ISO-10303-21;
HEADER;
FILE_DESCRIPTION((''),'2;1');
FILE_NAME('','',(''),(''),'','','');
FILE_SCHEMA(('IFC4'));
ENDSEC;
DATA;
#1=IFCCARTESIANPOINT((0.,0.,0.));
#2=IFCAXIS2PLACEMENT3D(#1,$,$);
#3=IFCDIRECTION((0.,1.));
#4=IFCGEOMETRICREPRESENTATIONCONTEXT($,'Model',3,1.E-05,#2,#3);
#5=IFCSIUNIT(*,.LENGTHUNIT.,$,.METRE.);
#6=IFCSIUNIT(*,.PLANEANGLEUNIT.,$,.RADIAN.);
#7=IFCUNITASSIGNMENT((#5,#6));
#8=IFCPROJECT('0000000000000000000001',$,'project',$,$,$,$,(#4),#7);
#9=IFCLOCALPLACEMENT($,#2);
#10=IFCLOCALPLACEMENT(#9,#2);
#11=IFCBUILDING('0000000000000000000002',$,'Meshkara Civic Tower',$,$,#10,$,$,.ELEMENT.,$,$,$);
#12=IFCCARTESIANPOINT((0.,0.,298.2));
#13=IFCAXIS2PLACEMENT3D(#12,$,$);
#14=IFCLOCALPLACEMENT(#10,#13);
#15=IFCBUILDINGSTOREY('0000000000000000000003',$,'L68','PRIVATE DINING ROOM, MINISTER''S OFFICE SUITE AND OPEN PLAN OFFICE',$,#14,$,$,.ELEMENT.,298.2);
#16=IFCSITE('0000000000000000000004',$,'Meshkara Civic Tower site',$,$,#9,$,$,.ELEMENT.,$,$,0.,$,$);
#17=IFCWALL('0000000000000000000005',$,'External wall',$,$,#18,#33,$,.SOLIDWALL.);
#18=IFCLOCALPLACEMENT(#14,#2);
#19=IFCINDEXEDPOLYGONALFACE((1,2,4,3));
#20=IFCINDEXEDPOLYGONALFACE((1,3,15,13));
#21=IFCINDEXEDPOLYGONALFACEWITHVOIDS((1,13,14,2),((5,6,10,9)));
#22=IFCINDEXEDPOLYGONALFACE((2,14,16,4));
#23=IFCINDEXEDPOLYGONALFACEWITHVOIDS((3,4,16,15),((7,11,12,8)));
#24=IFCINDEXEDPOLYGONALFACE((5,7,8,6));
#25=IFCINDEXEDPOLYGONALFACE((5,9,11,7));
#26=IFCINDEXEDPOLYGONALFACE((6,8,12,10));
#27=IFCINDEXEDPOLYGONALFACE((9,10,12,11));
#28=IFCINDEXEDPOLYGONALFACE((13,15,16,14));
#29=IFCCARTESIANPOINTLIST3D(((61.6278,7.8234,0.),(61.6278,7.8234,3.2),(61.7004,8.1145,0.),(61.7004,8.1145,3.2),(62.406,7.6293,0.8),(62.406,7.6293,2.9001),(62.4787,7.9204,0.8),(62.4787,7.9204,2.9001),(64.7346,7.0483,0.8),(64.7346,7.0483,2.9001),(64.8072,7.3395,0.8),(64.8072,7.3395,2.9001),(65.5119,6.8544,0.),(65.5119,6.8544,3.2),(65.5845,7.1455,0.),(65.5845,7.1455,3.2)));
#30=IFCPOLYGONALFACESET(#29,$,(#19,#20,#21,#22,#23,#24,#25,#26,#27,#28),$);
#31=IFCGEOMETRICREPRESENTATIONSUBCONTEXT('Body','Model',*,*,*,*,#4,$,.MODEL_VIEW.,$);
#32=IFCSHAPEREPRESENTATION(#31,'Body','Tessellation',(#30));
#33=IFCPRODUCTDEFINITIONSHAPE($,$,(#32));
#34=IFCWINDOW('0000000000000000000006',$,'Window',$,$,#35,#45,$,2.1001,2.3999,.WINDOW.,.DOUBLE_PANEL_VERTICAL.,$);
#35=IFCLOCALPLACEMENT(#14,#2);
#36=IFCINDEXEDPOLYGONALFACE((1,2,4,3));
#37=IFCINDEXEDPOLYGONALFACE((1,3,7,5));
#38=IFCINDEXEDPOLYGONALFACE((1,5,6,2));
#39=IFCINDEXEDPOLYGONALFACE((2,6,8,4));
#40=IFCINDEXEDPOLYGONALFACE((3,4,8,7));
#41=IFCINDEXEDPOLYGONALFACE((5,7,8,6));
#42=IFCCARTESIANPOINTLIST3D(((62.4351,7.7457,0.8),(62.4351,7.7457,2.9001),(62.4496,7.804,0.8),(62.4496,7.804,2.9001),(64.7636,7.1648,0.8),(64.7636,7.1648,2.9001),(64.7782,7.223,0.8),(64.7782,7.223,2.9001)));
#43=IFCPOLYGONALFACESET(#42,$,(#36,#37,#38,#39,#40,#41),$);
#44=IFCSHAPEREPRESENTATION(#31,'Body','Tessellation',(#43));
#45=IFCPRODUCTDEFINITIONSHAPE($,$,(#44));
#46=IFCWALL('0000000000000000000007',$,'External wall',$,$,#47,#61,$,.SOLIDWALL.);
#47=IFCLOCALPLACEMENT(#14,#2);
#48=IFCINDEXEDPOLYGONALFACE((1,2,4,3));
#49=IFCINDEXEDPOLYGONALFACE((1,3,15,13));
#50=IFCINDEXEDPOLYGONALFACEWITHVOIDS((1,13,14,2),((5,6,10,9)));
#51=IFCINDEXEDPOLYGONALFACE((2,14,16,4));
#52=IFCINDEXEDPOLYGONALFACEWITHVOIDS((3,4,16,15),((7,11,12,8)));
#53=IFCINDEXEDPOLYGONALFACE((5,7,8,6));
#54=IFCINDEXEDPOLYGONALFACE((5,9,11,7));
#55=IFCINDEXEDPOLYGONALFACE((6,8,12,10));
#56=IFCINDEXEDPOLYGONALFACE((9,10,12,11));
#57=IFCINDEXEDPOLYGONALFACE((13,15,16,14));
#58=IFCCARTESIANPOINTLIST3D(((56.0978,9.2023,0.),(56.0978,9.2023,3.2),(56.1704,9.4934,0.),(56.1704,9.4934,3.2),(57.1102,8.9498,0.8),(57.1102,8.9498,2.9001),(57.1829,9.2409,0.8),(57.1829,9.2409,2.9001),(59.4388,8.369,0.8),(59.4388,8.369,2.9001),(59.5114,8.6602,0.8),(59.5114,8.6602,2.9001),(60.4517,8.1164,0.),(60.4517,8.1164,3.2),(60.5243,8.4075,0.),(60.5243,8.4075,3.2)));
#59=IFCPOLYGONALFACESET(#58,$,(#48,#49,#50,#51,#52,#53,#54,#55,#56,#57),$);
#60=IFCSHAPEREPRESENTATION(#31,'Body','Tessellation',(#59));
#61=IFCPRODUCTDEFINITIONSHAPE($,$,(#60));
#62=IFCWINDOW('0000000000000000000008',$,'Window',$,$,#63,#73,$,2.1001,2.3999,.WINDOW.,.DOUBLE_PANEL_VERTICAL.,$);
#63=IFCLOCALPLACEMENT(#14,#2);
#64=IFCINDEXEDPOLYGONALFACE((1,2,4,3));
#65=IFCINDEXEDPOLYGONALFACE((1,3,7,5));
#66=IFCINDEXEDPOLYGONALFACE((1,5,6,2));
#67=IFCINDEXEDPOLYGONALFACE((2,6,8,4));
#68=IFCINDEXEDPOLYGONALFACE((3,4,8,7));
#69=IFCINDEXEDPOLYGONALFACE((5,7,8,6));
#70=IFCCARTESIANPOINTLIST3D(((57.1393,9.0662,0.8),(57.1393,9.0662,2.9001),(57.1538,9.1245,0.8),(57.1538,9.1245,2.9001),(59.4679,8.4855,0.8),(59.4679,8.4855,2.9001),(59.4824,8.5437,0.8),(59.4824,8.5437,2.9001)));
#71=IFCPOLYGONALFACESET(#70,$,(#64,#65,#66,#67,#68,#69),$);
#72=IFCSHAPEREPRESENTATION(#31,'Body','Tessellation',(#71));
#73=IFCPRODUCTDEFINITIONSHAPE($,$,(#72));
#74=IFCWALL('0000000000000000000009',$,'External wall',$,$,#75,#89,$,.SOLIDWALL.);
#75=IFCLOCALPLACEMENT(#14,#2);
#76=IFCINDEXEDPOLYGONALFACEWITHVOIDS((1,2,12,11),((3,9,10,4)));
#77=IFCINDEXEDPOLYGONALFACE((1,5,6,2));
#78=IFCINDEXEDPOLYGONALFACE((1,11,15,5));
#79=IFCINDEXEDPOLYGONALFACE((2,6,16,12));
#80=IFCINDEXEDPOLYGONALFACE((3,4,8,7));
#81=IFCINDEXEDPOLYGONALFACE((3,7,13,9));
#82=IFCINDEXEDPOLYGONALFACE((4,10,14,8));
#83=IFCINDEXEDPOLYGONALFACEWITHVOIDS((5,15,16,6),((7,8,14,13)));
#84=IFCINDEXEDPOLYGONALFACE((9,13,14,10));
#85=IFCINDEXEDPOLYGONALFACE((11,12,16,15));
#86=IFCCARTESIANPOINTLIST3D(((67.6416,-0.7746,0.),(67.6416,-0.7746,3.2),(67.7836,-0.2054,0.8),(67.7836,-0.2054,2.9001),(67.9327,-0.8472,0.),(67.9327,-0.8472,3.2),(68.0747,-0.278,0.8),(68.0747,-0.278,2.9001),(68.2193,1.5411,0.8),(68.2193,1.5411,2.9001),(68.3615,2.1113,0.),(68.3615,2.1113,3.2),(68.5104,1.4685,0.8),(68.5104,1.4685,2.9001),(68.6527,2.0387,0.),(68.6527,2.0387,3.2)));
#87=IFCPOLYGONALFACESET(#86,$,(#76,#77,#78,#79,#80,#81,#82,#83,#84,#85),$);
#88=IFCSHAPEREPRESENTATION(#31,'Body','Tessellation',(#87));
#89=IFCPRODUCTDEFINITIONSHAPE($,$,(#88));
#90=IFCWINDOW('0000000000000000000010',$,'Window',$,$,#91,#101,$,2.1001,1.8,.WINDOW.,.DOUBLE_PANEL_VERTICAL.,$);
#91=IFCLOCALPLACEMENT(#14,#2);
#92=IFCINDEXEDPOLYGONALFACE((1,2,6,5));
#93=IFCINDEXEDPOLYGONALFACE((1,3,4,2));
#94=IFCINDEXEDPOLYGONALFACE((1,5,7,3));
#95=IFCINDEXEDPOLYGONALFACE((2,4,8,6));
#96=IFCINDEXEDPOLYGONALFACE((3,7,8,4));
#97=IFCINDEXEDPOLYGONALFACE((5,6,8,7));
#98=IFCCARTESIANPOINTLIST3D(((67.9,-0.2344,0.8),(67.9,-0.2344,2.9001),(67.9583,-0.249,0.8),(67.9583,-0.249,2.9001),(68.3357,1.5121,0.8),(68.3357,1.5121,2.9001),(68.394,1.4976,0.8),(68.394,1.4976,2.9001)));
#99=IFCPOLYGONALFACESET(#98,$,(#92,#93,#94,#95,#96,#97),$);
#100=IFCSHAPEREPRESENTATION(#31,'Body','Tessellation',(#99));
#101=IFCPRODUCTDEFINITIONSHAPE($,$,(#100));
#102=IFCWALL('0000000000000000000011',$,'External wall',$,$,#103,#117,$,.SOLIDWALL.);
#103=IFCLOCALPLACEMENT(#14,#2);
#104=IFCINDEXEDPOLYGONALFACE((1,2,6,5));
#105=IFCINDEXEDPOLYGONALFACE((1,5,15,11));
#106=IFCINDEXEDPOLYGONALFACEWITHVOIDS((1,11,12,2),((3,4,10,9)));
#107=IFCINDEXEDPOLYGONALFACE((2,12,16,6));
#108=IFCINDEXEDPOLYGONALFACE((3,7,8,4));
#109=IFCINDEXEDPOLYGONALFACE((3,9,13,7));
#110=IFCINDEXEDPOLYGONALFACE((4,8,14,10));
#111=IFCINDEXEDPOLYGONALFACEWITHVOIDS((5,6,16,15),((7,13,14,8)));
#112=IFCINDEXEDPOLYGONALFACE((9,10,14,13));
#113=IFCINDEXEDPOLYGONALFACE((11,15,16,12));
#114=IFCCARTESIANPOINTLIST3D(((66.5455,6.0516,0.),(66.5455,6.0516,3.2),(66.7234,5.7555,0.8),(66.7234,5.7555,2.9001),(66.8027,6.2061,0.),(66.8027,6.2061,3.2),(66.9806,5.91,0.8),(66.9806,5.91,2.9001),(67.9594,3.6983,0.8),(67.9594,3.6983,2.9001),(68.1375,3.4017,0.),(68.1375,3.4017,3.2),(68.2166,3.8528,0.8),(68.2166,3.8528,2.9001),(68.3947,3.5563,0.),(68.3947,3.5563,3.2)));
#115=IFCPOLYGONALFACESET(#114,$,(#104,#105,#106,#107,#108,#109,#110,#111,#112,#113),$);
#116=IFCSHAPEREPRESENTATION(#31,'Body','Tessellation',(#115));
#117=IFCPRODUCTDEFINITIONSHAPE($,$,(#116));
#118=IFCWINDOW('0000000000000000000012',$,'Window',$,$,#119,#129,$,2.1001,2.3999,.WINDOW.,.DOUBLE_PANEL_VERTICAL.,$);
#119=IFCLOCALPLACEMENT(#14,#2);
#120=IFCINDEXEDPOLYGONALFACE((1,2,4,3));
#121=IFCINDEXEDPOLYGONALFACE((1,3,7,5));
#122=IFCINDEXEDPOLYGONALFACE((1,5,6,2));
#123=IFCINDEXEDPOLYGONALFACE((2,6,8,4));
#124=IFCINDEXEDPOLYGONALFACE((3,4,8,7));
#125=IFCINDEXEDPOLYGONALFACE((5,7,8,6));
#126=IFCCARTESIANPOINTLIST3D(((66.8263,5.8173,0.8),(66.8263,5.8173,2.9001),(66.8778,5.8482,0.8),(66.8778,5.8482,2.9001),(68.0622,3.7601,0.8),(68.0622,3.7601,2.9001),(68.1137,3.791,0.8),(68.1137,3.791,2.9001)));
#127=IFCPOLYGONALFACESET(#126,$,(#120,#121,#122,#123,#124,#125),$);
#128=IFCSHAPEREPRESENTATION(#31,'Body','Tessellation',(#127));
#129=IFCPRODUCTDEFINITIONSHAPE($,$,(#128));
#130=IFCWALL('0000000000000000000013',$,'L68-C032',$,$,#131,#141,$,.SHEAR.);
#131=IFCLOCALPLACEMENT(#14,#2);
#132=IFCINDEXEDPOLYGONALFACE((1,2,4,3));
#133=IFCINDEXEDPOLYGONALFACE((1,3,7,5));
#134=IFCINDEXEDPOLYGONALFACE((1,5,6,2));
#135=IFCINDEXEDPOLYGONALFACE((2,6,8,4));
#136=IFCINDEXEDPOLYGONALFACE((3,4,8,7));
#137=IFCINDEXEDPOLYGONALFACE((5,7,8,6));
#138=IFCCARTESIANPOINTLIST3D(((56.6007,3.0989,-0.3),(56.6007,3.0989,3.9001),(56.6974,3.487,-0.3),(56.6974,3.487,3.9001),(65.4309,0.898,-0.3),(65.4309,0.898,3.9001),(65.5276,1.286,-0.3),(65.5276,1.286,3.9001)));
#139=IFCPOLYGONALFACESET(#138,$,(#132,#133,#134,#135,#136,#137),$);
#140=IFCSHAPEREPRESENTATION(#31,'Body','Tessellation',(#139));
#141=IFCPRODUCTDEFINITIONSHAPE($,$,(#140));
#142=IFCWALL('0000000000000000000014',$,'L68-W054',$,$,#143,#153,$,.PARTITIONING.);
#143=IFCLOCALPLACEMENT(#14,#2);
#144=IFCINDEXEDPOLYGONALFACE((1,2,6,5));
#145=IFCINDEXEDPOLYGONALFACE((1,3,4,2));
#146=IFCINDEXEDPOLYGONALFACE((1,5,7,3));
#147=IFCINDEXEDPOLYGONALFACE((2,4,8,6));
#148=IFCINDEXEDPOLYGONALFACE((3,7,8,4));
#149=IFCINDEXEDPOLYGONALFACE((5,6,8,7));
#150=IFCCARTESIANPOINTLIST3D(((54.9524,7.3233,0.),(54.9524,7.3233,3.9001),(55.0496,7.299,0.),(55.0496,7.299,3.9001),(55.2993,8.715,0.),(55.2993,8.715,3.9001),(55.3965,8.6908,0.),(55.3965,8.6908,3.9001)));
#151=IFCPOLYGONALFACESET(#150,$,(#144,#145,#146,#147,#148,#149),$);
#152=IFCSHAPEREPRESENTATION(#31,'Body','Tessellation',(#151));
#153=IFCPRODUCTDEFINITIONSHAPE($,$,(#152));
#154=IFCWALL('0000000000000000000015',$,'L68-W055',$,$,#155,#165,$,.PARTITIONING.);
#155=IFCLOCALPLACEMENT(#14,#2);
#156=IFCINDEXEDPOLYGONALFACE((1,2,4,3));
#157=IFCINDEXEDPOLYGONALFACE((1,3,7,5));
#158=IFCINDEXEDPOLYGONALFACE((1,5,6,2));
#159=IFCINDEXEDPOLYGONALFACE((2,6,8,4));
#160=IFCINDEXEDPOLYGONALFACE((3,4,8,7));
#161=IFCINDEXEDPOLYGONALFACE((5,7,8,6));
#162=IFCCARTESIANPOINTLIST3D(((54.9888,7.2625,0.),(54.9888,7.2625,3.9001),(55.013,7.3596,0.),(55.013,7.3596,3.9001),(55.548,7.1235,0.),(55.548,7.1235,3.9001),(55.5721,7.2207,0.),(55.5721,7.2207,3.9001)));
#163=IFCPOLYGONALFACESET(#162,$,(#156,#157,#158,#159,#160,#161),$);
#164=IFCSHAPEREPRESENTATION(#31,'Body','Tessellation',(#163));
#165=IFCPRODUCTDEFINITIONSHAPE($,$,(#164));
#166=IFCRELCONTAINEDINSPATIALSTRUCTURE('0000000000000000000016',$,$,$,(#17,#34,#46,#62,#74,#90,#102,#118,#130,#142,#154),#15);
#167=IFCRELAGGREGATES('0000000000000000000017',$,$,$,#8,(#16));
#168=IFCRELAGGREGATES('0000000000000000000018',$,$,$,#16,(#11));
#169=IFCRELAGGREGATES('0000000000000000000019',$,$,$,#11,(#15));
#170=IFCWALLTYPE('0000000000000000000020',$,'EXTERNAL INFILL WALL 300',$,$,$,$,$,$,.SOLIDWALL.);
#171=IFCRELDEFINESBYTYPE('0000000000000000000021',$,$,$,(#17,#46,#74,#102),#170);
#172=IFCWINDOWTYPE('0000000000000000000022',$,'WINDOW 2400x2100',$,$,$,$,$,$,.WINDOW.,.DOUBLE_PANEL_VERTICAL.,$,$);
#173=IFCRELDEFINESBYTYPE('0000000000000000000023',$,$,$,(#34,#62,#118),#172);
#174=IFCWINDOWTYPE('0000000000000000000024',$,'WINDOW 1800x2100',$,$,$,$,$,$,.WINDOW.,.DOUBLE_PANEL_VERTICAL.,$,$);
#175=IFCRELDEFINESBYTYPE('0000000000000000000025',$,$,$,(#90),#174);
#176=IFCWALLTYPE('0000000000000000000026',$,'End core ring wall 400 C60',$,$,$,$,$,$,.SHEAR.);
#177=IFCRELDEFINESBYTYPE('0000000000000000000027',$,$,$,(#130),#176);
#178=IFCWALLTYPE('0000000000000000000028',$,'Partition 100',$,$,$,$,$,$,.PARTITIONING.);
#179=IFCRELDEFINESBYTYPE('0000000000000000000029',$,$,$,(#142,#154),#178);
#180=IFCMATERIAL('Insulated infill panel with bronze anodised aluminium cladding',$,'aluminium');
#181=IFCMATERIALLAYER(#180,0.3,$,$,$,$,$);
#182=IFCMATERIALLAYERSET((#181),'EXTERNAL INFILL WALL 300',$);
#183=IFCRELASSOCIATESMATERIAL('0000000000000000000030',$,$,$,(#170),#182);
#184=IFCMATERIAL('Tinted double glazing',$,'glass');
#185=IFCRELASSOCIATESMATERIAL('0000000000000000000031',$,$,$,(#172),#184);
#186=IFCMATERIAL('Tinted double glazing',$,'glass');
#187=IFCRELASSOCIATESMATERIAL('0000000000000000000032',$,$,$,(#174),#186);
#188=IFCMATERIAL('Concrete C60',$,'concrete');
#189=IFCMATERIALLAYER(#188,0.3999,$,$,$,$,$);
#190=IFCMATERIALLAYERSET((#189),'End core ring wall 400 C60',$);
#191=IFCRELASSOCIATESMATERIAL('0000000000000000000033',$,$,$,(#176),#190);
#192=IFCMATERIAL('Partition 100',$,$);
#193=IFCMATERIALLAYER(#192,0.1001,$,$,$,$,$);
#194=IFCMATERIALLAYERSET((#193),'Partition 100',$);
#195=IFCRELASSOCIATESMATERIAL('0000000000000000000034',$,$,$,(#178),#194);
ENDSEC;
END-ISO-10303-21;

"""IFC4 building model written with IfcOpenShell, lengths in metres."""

from ifc_helpers import new_model, si_unit, direction, frame, frame_2d, origin, place, context, subcontext, project, spatial, rectangle, extrude, material, layer, layer_set, type_object, element, fill, save


model = new_model("IFC4")

# Units and contexts
model_context = context("Model", 3, precision=1e-05, world=origin(), true_north=direction((0.0, 1.0)))
body_context = subcontext(model_context, "Body", "Model", "MODEL_VIEW")
ifc_project = project(units=[si_unit("LENGTHUNIT", "METRE"), si_unit("PLANEANGLEUNIT", "RADIAN")], contexts=[model_context])

# Site, building, storey
site_placement = place(None, origin())
site = spatial("IfcSite", under=ifc_project, at=site_placement, Name="Meshkara Civic Tower site", CompositionType="ELEMENT", RefElevation=0.0)
building_placement = place(site_placement, origin())
building = spatial("IfcBuilding", under=site, at=building_placement, Name="Meshkara Civic Tower", CompositionType="ELEMENT")
storey_placement = place(building_placement, frame((0.0, 0.0, 298.2)))
storey = spatial("IfcBuildingStorey", under=building, at=storey_placement, Name="L68", Description="PRIVATE DINING ROOM, MINISTER'S OFFICE SUITE AND OPEN PLAN OFFICE", CompositionType="ELEMENT", Elevation=298.2)

# Walls, openings, windows
ifc_material_1 = material(Name="Insulated infill panel with bronze anodised aluminium cladding", Category="aluminium")
ifc_layer_1 = layer(ifc_material_1, 0.3)
ifc_layer_set_1 = layer_set([ifc_layer_1], Name="EXTERNAL INFILL WALL 300")
wall_type_1 = type_object("IfcWallType", Name="EXTERNAL INFILL WALL 300", PredefinedType="SOLIDWALL", material=ifc_layer_set_1)
wall_1_placement = place(storey_placement, frame((65.5481, 7.0, 0.0), z_axis=(0.0, 0.0, 1.0), x_axis=(-0.970261, 0.242062, 0.0)))
wall_1 = element("IfcWall", 1, at=wall_1_placement, inside=storey, type_object=wall_type_1, Name="External wall", PredefinedType="SOLIDWALL", context=body_context, shape_type="SweptSolid", body=[
    extrude(rectangle(XDim=4.0032, YDim=0.3, at=frame_2d((2.0015, 0.0))), origin(), (0.0, 0.0, 1.0), 3.2),
])
opening_1_placement = place(wall_1_placement, frame((0.801, 0.0, 0.8)))
opening_1 = element("IfcOpeningElement", 2, at=opening_1_placement, cuts=wall_1, PredefinedType="OPENING", context=body_context, shape_type="SweptSolid", body=[
    extrude(rectangle(XDim=2.3999, YDim=2.1001, at=frame_2d((1.2, 1.05))), frame((0.0, 0.1599, 0.0), z_axis=(0.0, -1.0, 0.0), x_axis=(1.0, 0.0, 0.0)), (0.0, 0.0, 1.0), 0.3201),
])
ifc_material_2 = material(Name="Tinted double glazing", Category="glass")
window_type_1 = type_object("IfcWindowType", Name="WINDOW 2400x2100", PartitioningType="DOUBLE_PANEL_VERTICAL", PredefinedType="WINDOW", material=ifc_material_2)
window_1_placement = place(opening_1_placement, origin())
window_1 = element("IfcWindow", 3, at=window_1_placement, inside=storey, type_object=window_type_1, Name="Window", OverallHeight=2.1001, OverallWidth=2.3999, PartitioningType="DOUBLE_PANEL_VERTICAL", PredefinedType="WINDOW", context=body_context, shape_type="SweptSolid", body=[
    extrude(rectangle(XDim=2.3999, YDim=2.1001, at=frame_2d((1.2, 1.05))), frame((0.0, 0.03, 0.0), z_axis=(0.0, -1.0, 0.0), x_axis=(1.0, 0.0, 0.0)), (0.0, 0.0, 1.0), 0.0601),
])
fill(opening_1, window_1)
wall_2_placement = place(storey_placement, frame((60.488, 8.262, 0.0), z_axis=(0.0, 0.0, 1.0), x_axis=(-0.970277, 0.241998, 0.0)))
wall_2 = element("IfcWall", 4, at=wall_2_placement, inside=storey, type_object=wall_type_1, Name="External wall", PredefinedType="SOLIDWALL", context=body_context, shape_type="SweptSolid", body=[
    extrude(rectangle(XDim=4.4873, YDim=0.3, at=frame_2d((2.2437, 0.0))), origin(), (0.0, 0.0, 1.0), 3.2),
])
opening_2_placement = place(wall_2_placement, frame((1.0439, 0.0, 0.8)))
opening_2 = element("IfcOpeningElement", 5, at=opening_2_placement, cuts=wall_2, PredefinedType="OPENING", context=body_context, shape_type="SweptSolid", body=[
    extrude(rectangle(XDim=2.3999, YDim=2.1001, at=frame_2d((1.2, 1.05))), frame((0.0, 0.1599, 0.0), z_axis=(0.0, -1.0, 0.0), x_axis=(1.0, 0.0, 0.0)), (0.0, 0.0, 1.0), 0.3201),
])
window_2_placement = place(opening_2_placement, origin())
window_2 = element("IfcWindow", 6, at=window_2_placement, inside=storey, type_object=window_type_1, Name="Window", OverallHeight=2.1001, OverallWidth=2.3999, PartitioningType="DOUBLE_PANEL_VERTICAL", PredefinedType="WINDOW", context=body_context, shape_type="SweptSolid", body=[
    extrude(rectangle(XDim=2.3999, YDim=2.1001, at=frame_2d((1.2, 1.05))), frame((0.0, 0.03, 0.0), z_axis=(0.0, -1.0, 0.0), x_axis=(1.0, 0.0, 0.0)), (0.0, 0.0, 1.0), 0.0601),
])
fill(opening_2, window_2)
wall_3_placement = place(storey_placement, frame((67.7871, -0.811, 0.0), z_axis=(0.0, 0.0, 1.0), x_axis=(0.242053, 0.970263, 0.0)))
wall_3 = element("IfcWall", 7, at=wall_3_placement, inside=storey, type_object=wall_type_1, Name="External wall", PredefinedType="SOLIDWALL", context=body_context, shape_type="SweptSolid", body=[
    extrude(rectangle(XDim=2.9744, YDim=0.3, at=frame_2d((1.4873, 0.0))), origin(), (0.0, 0.0, 1.0), 3.2),
])
opening_3_placement = place(wall_3_placement, frame((0.5869, 0.0, 0.8)))
opening_3 = element("IfcOpeningElement", 8, at=opening_3_placement, cuts=wall_3, PredefinedType="OPENING", context=body_context, shape_type="SweptSolid", body=[
    extrude(rectangle(XDim=1.8, YDim=2.1001, at=frame_2d((0.8999, 1.05))), frame((0.0, 0.1599, 0.0), z_axis=(0.0, -1.0, 0.0), x_axis=(1.0, 0.0, 0.0)), (0.0, 0.0, 1.0), 0.3201),
])
ifc_material_3 = material(Name="Tinted double glazing", Category="glass")
window_type_2 = type_object("IfcWindowType", Name="WINDOW 1800x2100", PartitioningType="DOUBLE_PANEL_VERTICAL", PredefinedType="WINDOW", material=ifc_material_3)
window_3_placement = place(opening_3_placement, origin())
window_3 = element("IfcWindow", 9, at=window_3_placement, inside=storey, type_object=window_type_2, Name="Window", OverallHeight=2.1001, OverallWidth=1.8, PartitioningType="DOUBLE_PANEL_VERTICAL", PredefinedType="WINDOW", context=body_context, shape_type="SweptSolid", body=[
    extrude(rectangle(XDim=1.8, YDim=2.1001, at=frame_2d((0.8999, 1.05))), frame((0.0, 0.03, 0.0), z_axis=(0.0, -1.0, 0.0), x_axis=(1.0, 0.0, 0.0)), (0.0, 0.0, 1.0), 0.0601),
])
fill(opening_3, window_3)
wall_4_placement = place(storey_placement, frame((68.2661, 3.479, 0.0), z_axis=(0.0, 0.0, 1.0), x_axis=(-0.514995, 0.857193, 0.0)))
wall_4 = element("IfcWall", 10, at=wall_4_placement, inside=storey, type_object=wall_type_1, Name="External wall", PredefinedType="SOLIDWALL", context=body_context, shape_type="SweptSolid", body=[
    extrude(rectangle(XDim=3.0913, YDim=0.3, at=frame_2d((1.5457, 0.0))), origin(), (0.0, 0.0, 1.0), 3.2),
])
opening_4_placement = place(wall_4_placement, frame((0.3459, 0.0, 0.8)))
opening_4 = element("IfcOpeningElement", 11, at=opening_4_placement, cuts=wall_4, PredefinedType="OPENING", context=body_context, shape_type="SweptSolid", body=[
    extrude(rectangle(XDim=2.3999, YDim=2.1001, at=frame_2d((1.2, 1.05))), frame((0.0, 0.1599, 0.0), z_axis=(0.0, -1.0, 0.0), x_axis=(1.0, 0.0, 0.0)), (0.0, 0.0, 1.0), 0.3201),
])
window_4_placement = place(opening_4_placement, origin())
window_4 = element("IfcWindow", 12, at=window_4_placement, inside=storey, type_object=window_type_1, Name="Window", OverallHeight=2.1001, OverallWidth=2.3999, PartitioningType="DOUBLE_PANEL_VERTICAL", PredefinedType="WINDOW", context=body_context, shape_type="SweptSolid", body=[
    extrude(rectangle(XDim=2.3999, YDim=2.1001, at=frame_2d((1.2, 1.05))), frame((0.0, 0.03, 0.0), z_axis=(0.0, -1.0, 0.0), x_axis=(1.0, 0.0, 0.0)), (0.0, 0.0, 1.0), 0.0601),
])
fill(opening_4, window_4)

# Walls
ifc_material_4 = material(Name="Concrete C60", Category="concrete")
ifc_layer_2 = layer(ifc_material_4, 0.3999)
ifc_layer_set_2 = layer_set([ifc_layer_2], Name="End core ring wall 400 C60")
wall_type_2 = type_object("IfcWallType", Name="End core ring wall 400 C60", PredefinedType="SHEAR", material=ifc_layer_set_2)
wall_5_placement = place(storey_placement, frame((56.6489, 3.293, -0.3), z_axis=(0.0, 0.0, 1.0), x_axis=(0.970313, -0.241854, 0.0)))
element("IfcWall", 13, at=wall_5_placement, inside=storey, type_object=wall_type_2, Name="L68-C032", PredefinedType="SHEAR", context=body_context, shape_type="SweptSolid", body=[
    extrude(rectangle(XDim=9.1003, YDim=0.3999, at=frame_2d((4.5503, 0.0))), origin(), (0.0, 0.0, 1.0), 4.2002),
])
ifc_material_5 = material(Name="Partition 100")
ifc_layer_3 = layer(ifc_material_5, 0.1001)
ifc_layer_set_3 = layer_set([ifc_layer_3], Name="Partition 100")
wall_type_3 = type_object("IfcWallType", Name="Partition 100", PredefinedType="PARTITIONING", material=ifc_layer_set_3)
wall_6_placement = place(storey_placement, frame((55.001, 7.311, 0.0), z_axis=(0.0, 0.0, 1.0), x_axis=(0.241855, 0.970312, 0.0)))
element("IfcWall", 14, at=wall_6_placement, inside=storey, type_object=wall_type_3, Name="L68-W054", PredefinedType="PARTITIONING", context=body_context, shape_type="SweptSolid", body=[
    extrude(rectangle(XDim=1.4343, YDim=0.1001, at=frame_2d((0.7173, 0.0))), origin(), (0.0, 0.0, 1.0), 3.9001),
])
wall_7_placement = place(storey_placement, frame((55.5601, 7.1721, 0.0), z_axis=(0.0, 0.0, 1.0), x_axis=(-0.970491, 0.241139, 0.0)))
element("IfcWall", 15, at=wall_7_placement, inside=storey, type_object=wall_type_3, Name="L68-W055", PredefinedType="PARTITIONING", context=body_context, shape_type="SweptSolid", body=[
    extrude(rectangle(XDim=0.5762, YDim=0.1001, at=frame_2d((0.2881, 0.0))), origin(), (0.0, 0.0, 1.0), 3.9001),
])

save(model, "model.ifc")
